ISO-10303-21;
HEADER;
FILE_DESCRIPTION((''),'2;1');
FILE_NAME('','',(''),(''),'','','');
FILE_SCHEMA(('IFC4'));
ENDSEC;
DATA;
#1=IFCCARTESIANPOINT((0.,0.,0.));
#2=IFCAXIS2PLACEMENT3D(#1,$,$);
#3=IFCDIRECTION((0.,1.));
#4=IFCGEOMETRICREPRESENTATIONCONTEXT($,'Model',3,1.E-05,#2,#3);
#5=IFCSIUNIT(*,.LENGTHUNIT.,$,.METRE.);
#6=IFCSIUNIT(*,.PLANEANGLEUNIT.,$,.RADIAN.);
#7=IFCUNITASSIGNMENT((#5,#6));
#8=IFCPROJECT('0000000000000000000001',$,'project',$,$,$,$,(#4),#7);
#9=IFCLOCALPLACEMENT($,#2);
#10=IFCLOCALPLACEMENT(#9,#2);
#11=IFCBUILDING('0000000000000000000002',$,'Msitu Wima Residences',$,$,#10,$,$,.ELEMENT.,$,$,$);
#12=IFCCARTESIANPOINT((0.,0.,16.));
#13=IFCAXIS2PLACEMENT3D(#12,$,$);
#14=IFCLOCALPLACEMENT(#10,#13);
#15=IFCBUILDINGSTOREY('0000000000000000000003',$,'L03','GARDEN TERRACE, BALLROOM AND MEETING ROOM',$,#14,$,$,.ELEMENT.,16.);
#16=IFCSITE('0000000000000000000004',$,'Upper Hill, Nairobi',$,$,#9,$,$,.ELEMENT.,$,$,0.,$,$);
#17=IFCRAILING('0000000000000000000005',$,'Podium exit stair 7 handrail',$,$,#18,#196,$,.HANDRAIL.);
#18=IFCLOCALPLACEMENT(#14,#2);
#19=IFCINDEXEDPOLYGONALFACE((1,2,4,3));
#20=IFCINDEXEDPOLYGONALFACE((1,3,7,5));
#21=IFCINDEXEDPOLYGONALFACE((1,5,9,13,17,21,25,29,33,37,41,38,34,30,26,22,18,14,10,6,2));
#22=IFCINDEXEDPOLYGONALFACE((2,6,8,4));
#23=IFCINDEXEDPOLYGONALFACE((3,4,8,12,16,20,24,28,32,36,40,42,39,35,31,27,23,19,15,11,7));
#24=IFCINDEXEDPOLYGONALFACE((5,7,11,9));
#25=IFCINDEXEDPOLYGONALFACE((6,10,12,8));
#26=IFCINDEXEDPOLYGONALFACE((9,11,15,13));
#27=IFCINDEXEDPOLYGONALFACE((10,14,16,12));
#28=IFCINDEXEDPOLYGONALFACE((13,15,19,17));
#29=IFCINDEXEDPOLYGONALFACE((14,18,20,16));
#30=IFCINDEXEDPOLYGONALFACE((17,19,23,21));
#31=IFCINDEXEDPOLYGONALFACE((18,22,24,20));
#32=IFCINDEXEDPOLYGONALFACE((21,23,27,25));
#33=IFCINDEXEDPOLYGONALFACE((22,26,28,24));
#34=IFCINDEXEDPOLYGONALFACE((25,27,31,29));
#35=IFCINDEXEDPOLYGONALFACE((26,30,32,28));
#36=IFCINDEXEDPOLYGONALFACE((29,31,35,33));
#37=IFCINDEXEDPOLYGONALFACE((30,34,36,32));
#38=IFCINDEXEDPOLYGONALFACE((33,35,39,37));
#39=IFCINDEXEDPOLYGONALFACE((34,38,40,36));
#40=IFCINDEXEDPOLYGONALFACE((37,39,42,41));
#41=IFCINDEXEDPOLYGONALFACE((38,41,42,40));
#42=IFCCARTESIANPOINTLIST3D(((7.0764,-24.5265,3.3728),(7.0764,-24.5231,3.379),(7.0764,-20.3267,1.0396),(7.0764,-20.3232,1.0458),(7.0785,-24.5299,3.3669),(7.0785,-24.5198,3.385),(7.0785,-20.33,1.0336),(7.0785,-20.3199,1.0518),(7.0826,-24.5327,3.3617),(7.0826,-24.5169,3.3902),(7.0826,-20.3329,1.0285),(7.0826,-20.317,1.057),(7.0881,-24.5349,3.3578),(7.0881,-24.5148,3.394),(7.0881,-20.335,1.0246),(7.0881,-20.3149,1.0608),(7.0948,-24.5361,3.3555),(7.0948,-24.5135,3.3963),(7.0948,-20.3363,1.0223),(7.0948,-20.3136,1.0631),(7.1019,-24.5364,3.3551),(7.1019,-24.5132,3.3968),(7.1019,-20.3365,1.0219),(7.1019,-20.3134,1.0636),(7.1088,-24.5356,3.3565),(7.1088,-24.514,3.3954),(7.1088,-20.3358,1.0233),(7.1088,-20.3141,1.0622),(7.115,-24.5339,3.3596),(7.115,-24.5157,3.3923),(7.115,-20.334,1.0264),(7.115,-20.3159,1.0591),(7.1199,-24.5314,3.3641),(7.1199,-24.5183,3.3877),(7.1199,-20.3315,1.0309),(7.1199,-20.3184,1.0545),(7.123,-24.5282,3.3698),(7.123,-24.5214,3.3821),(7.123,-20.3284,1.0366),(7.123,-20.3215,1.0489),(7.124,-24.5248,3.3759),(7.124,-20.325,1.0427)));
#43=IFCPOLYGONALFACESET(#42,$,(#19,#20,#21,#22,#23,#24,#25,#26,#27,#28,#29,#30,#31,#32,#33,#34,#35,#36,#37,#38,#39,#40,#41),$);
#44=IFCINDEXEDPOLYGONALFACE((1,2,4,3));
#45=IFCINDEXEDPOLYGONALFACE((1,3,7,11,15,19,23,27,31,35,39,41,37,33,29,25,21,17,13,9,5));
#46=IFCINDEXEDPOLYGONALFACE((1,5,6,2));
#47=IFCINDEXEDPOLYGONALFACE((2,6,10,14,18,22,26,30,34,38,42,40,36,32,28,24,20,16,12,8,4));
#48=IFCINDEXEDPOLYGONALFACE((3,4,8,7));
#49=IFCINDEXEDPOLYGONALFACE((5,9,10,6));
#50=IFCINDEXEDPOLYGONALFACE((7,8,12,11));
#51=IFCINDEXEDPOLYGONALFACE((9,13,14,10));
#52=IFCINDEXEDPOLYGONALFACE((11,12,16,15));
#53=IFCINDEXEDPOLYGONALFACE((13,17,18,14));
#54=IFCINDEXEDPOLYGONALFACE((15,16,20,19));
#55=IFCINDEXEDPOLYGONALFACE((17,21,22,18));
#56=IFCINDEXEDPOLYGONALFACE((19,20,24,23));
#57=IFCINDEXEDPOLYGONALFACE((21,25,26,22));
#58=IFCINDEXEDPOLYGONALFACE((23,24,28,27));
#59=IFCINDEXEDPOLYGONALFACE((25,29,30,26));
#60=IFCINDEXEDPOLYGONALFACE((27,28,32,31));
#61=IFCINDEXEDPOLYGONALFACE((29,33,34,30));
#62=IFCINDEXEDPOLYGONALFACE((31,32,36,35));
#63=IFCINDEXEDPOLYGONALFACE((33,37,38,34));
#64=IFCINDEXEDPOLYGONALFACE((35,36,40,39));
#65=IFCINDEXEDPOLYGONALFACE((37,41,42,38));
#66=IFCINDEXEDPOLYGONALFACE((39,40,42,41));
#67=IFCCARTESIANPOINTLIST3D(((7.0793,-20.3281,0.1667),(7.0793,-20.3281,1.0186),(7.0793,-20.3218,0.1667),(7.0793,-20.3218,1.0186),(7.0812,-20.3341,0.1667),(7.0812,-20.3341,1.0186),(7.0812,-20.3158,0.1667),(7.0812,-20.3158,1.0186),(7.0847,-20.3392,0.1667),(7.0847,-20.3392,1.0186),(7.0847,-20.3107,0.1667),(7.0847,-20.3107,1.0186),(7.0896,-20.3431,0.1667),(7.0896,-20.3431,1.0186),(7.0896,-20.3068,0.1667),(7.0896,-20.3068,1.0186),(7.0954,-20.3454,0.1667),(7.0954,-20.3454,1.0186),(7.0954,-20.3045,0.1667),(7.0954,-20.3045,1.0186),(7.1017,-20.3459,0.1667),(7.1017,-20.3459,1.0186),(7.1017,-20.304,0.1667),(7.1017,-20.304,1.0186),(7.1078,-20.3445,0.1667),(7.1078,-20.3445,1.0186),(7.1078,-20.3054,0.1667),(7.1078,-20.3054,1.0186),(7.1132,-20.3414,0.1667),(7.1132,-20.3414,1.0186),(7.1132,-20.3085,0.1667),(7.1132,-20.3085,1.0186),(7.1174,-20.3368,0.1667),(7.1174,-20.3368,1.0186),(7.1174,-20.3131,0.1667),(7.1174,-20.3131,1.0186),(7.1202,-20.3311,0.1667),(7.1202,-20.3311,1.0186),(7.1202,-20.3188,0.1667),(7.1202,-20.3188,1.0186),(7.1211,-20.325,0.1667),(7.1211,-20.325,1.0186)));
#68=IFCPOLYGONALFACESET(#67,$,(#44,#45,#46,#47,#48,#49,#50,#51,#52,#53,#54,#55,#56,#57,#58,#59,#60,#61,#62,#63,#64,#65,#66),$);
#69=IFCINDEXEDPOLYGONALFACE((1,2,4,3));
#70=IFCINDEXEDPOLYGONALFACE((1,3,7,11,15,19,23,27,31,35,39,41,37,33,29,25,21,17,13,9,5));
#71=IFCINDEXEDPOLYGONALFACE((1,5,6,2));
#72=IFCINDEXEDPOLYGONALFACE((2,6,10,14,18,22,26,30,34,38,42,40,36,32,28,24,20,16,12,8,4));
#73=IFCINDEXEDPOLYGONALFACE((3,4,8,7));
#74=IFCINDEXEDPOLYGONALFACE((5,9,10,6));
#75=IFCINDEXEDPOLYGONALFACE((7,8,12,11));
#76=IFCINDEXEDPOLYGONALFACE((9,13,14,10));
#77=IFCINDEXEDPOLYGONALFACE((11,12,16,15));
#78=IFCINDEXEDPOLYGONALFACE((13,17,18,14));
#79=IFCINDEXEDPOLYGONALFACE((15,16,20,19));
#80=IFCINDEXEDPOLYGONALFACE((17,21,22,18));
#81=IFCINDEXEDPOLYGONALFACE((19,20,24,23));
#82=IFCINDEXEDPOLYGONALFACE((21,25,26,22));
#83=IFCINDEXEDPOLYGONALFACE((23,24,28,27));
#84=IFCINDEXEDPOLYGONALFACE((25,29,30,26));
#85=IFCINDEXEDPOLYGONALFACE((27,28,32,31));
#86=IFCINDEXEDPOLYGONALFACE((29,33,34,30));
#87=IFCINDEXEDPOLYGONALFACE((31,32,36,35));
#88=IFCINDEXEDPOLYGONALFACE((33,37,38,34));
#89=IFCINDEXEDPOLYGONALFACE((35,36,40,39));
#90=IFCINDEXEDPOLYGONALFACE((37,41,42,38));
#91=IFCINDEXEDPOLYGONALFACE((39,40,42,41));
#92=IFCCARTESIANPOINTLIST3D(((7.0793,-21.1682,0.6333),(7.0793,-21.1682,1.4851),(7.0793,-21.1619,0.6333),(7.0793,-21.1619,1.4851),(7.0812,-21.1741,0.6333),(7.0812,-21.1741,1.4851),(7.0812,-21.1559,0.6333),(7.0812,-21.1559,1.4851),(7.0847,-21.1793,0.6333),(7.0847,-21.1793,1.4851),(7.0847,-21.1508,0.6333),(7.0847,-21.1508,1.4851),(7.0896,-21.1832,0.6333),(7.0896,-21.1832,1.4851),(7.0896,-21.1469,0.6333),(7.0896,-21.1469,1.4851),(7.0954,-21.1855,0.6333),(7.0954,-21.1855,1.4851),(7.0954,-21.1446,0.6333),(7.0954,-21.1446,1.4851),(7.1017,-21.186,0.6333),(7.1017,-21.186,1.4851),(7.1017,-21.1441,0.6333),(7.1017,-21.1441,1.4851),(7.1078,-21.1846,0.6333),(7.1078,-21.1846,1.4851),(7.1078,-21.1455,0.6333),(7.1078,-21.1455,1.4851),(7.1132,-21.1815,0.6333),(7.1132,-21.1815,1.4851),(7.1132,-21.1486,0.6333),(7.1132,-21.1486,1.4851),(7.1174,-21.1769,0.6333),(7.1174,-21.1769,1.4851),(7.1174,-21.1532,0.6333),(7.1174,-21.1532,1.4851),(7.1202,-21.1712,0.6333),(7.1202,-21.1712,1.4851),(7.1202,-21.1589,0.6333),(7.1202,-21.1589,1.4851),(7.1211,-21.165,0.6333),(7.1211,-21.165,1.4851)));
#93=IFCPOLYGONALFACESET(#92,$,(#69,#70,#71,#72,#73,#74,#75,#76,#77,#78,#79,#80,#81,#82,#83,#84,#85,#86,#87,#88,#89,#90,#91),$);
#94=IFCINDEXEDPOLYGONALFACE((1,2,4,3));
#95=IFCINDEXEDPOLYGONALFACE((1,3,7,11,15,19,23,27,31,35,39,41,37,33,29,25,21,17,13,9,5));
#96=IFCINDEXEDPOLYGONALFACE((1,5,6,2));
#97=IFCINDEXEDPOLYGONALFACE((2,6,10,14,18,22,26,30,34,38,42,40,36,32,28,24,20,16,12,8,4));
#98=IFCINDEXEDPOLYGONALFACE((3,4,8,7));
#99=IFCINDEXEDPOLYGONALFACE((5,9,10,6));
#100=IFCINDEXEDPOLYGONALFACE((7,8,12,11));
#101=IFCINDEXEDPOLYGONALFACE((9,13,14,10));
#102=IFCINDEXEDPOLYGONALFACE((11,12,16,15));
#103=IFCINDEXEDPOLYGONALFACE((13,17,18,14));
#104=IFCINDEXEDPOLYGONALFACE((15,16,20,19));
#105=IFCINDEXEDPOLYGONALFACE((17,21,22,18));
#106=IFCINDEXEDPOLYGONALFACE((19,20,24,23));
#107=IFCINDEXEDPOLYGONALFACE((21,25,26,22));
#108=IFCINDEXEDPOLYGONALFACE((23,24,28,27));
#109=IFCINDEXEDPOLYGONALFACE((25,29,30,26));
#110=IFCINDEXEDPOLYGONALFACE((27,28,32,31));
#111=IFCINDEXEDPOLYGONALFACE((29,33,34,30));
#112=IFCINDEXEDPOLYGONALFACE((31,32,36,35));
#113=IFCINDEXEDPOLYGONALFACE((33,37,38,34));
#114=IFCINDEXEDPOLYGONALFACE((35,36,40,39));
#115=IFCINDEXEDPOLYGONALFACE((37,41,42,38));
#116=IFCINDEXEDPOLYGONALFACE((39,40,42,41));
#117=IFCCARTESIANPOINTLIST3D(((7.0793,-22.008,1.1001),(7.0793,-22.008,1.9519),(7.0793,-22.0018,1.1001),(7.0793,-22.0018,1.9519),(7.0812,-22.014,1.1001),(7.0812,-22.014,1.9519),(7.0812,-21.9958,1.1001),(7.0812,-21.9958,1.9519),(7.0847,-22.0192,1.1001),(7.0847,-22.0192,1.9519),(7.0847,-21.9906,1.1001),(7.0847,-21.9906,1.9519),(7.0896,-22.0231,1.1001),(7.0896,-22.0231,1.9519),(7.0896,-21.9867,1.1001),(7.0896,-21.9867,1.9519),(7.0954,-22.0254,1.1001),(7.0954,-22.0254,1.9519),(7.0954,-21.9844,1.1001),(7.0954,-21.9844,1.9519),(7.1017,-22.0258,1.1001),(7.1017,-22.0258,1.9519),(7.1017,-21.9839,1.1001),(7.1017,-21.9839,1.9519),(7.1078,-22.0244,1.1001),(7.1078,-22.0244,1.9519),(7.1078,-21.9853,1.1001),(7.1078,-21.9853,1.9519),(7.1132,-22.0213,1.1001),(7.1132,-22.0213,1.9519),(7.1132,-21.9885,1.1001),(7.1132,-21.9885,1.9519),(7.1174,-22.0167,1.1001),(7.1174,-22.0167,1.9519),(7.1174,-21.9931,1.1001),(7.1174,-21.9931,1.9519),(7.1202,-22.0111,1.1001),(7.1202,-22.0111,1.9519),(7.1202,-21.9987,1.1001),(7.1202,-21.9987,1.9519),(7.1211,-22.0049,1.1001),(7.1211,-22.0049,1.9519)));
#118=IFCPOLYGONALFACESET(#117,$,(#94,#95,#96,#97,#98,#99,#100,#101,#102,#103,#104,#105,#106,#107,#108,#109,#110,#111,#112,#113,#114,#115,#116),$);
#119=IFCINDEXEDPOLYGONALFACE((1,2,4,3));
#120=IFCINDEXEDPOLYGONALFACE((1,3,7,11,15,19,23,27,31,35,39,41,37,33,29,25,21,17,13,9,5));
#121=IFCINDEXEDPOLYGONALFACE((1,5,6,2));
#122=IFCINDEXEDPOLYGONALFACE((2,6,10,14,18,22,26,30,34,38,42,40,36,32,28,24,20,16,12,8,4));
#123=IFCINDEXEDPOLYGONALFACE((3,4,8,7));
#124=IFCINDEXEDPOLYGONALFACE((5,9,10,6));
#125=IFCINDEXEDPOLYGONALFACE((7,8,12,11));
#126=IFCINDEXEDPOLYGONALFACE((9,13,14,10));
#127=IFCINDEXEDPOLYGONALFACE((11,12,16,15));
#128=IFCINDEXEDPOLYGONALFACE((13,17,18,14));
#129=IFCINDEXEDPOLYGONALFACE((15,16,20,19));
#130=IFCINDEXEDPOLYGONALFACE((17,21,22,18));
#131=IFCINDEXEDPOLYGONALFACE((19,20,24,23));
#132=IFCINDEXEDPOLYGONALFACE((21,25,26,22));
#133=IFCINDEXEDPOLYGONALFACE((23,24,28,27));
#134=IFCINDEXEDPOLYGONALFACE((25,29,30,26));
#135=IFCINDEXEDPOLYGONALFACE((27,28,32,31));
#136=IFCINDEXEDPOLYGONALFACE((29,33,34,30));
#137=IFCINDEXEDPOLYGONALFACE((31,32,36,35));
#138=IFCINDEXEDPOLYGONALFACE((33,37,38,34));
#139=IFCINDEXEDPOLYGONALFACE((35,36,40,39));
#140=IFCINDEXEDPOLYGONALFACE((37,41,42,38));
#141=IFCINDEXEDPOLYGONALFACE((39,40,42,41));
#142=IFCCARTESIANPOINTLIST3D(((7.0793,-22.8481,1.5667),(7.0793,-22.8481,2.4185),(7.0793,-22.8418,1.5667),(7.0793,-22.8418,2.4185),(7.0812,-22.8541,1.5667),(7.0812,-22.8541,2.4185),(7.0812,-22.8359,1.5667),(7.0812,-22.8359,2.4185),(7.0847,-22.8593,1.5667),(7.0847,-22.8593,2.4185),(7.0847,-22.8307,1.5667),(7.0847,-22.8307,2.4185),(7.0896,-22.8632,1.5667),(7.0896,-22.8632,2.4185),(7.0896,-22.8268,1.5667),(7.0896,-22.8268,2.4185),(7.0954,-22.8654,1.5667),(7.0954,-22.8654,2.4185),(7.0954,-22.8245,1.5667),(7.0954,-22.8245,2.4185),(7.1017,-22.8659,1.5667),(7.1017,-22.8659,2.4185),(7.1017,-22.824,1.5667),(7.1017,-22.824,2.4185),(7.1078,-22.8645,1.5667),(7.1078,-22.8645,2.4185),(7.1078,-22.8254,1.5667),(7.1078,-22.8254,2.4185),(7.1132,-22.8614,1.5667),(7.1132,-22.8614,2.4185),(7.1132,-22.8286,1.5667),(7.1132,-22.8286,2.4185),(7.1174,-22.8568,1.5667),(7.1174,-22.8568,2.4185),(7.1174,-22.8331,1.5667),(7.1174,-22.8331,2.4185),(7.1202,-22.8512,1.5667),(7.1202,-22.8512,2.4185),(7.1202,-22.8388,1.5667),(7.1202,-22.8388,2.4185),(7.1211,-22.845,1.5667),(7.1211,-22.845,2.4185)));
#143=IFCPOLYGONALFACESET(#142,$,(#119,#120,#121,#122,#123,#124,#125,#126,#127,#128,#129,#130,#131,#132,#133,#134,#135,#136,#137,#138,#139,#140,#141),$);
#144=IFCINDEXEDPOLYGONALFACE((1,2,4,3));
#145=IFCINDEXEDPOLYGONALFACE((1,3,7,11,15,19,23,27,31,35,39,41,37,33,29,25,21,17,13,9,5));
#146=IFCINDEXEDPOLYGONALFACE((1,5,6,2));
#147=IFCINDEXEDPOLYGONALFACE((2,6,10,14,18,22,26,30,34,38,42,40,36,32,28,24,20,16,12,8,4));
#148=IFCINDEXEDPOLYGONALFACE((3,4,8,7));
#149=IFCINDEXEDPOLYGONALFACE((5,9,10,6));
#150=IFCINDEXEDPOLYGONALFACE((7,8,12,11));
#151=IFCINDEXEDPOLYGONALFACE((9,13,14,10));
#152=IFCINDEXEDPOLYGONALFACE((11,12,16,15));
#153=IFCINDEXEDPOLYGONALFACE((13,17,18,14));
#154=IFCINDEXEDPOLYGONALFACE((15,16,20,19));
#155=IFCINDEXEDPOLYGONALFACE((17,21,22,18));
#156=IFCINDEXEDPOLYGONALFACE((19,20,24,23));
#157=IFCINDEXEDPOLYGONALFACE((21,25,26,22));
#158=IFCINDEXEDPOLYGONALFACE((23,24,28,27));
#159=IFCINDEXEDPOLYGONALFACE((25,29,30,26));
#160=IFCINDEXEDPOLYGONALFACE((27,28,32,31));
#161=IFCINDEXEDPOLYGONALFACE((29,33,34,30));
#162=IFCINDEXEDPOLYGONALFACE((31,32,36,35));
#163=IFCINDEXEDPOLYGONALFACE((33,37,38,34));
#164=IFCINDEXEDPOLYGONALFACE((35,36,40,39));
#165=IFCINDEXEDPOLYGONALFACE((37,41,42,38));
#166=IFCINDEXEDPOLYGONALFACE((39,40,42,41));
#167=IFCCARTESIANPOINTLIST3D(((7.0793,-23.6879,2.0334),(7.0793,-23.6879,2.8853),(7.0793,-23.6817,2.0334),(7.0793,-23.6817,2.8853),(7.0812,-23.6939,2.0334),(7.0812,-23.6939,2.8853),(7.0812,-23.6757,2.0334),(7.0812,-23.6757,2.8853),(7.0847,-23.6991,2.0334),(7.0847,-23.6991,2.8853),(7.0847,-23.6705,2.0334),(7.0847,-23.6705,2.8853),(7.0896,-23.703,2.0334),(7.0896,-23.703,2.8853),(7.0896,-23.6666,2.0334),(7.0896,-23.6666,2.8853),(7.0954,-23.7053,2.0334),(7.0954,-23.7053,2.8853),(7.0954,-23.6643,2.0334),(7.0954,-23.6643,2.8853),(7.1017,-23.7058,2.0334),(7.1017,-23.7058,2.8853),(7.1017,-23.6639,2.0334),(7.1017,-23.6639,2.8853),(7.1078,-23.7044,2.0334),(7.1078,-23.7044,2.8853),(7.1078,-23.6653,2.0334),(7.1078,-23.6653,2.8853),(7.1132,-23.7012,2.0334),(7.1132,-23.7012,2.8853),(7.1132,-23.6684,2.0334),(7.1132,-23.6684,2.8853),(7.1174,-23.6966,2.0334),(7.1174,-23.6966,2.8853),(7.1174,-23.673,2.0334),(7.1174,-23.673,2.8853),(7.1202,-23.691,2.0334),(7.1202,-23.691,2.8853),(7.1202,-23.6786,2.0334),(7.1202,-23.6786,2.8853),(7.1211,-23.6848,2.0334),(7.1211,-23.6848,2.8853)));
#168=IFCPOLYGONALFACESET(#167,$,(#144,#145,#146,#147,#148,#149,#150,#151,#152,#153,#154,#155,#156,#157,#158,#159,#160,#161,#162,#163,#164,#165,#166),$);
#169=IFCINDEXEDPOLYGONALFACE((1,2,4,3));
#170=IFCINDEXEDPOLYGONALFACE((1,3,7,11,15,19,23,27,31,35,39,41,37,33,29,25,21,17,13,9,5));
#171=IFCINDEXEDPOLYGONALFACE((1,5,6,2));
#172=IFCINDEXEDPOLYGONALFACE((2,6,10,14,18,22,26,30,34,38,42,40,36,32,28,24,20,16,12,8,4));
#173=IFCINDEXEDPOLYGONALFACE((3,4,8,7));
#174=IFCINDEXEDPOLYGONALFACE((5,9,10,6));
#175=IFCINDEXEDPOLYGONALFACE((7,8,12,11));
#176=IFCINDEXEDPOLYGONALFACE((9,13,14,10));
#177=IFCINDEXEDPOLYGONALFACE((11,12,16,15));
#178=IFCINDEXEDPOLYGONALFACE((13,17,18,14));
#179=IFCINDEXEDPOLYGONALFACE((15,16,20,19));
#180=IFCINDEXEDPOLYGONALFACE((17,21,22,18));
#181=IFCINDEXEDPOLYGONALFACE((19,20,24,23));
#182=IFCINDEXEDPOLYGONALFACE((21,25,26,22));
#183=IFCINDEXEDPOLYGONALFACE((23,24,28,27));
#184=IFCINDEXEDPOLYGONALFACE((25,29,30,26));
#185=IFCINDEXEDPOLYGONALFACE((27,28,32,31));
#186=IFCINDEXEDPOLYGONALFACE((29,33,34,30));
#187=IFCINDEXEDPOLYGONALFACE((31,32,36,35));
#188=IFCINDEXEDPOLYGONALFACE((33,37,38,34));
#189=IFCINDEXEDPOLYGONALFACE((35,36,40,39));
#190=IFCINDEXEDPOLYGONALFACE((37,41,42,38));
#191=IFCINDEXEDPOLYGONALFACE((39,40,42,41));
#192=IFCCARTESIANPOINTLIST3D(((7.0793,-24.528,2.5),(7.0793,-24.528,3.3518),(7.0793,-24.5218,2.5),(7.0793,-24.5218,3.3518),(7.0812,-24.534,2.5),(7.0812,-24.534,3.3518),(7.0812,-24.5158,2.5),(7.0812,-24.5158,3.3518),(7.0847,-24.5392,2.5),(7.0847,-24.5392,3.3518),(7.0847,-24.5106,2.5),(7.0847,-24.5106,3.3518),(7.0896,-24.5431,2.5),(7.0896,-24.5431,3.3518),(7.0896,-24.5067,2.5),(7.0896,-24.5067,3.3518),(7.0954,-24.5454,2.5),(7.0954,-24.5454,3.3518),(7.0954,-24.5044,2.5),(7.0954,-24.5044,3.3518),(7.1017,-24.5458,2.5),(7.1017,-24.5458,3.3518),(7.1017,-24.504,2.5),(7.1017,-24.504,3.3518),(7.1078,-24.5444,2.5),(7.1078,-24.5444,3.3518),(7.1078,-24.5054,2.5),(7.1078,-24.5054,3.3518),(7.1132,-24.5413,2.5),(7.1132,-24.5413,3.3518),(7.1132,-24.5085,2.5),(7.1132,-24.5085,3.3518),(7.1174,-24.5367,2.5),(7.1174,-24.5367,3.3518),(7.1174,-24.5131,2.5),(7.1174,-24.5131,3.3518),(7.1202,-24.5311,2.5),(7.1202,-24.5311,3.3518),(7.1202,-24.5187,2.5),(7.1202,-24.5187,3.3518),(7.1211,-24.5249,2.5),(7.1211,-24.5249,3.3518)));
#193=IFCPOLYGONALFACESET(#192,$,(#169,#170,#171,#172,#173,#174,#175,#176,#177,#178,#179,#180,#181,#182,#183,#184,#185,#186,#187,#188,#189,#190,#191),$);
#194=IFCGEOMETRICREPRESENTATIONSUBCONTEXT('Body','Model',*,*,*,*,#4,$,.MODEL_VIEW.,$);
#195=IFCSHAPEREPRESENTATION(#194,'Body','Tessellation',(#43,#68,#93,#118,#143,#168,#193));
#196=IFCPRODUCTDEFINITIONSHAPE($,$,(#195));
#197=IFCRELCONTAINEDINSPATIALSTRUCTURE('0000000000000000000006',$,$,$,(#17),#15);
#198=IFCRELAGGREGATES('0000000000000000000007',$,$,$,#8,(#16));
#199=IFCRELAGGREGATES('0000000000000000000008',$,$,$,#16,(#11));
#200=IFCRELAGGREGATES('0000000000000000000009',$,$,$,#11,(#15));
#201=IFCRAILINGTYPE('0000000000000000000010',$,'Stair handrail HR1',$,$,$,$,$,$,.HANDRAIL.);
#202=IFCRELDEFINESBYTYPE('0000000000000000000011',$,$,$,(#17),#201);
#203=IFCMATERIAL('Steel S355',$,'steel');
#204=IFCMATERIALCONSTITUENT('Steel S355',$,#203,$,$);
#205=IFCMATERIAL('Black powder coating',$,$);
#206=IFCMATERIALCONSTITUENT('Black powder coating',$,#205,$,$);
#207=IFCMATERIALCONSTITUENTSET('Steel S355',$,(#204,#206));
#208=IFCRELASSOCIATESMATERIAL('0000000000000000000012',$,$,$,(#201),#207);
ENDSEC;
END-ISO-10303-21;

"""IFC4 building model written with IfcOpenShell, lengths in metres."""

from ifc_helpers import new_model, si_unit, direction, frame, origin, origin_2d, place, context, subcontext, project, spatial, circle, extrude, material, constituent, constituent_set, type_object, element, save


model = new_model("IFC4")

# Units and contexts
model_context = context("Model", 3, precision=1e-05, world=origin(), true_north=direction((0.0, 1.0)))
body_context = subcontext(model_context, "Body", "Model", "MODEL_VIEW")
ifc_project = project(units=[si_unit("LENGTHUNIT", "METRE"), si_unit("PLANEANGLEUNIT", "RADIAN")], contexts=[model_context])

# Site, building, storey
site_placement = place(None, origin())
site = spatial("IfcSite", under=ifc_project, at=site_placement, Name="Upper Hill, Nairobi", CompositionType="ELEMENT", RefElevation=0.0)
building_placement = place(site_placement, origin())
building = spatial("IfcBuilding", under=site, at=building_placement, Name="Msitu Wima Residences", CompositionType="ELEMENT")
storey_placement = place(building_placement, frame((0.0, 0.0, 16.0)))
storey = spatial("IfcBuildingStorey", under=building, at=storey_placement, Name="L03", Description="GARDEN TERRACE, BALLROOM AND MEETING ROOM", CompositionType="ELEMENT", Elevation=16.0)

# Railing
ifc_material_1 = material(Name="Steel S355", Category="steel")
ifc_constituent_1 = constituent(ifc_material_1, Name="Steel S355")
ifc_material_2 = material(Name="Black powder coating")
ifc_constituent_2 = constituent(ifc_material_2, Name="Black powder coating")
ifc_constituent_set = constituent_set(constituents=[ifc_constituent_1, ifc_constituent_2], Name="Steel S355")
railing_type = type_object("IfcRailingType", Name="Stair handrail HR1", PredefinedType="HANDRAIL", material=ifc_constituent_set)
for number, where, name in (
    (1, (7.1001, -20.325, 0.1667), "Podium exit stair 7 handrail"),
):
    element("IfcRailing", number, at=place(storey_placement, frame(where)), inside=storey, type_object=railing_type, Name=name, PredefinedType="HANDRAIL", context=body_context, shape_type="SweptSolid", body=[
        extrude(circle(Radius=0.0239, at=origin_2d()), frame((0.0, 0.0, 0.876), z_axis=(0.0, -0.874162, 0.485634), x_axis=(1.0, 0.0, 0.0)), (0.0, 0.0, 1.0), 4.8044),
        extrude(circle(Radius=0.021, at=origin_2d()), origin(), (0.0, 0.0, 1.0), 0.8518),
        extrude(circle(Radius=0.021, at=origin_2d()), frame((0.0, -0.8401, 0.4666)), (0.0, 0.0, 1.0), 0.8518),
        extrude(circle(Radius=0.021, at=origin_2d()), frame((0.0, -1.6799, 0.9333)), (0.0, 0.0, 1.0), 0.8518),
        extrude(circle(Radius=0.021, at=origin_2d()), frame((0.0, -2.52, 1.3999)), (0.0, 0.0, 1.0), 0.8518),
        extrude(circle(Radius=0.021, at=origin_2d()), frame((0.0, -3.3599, 1.8667)), (0.0, 0.0, 1.0), 0.8518),
        extrude(circle(Radius=0.021, at=origin_2d()), frame((0.0, -4.2, 2.3333)), (0.0, 0.0, 1.0), 0.8518),
    ])

save(model, "model.ifc")
